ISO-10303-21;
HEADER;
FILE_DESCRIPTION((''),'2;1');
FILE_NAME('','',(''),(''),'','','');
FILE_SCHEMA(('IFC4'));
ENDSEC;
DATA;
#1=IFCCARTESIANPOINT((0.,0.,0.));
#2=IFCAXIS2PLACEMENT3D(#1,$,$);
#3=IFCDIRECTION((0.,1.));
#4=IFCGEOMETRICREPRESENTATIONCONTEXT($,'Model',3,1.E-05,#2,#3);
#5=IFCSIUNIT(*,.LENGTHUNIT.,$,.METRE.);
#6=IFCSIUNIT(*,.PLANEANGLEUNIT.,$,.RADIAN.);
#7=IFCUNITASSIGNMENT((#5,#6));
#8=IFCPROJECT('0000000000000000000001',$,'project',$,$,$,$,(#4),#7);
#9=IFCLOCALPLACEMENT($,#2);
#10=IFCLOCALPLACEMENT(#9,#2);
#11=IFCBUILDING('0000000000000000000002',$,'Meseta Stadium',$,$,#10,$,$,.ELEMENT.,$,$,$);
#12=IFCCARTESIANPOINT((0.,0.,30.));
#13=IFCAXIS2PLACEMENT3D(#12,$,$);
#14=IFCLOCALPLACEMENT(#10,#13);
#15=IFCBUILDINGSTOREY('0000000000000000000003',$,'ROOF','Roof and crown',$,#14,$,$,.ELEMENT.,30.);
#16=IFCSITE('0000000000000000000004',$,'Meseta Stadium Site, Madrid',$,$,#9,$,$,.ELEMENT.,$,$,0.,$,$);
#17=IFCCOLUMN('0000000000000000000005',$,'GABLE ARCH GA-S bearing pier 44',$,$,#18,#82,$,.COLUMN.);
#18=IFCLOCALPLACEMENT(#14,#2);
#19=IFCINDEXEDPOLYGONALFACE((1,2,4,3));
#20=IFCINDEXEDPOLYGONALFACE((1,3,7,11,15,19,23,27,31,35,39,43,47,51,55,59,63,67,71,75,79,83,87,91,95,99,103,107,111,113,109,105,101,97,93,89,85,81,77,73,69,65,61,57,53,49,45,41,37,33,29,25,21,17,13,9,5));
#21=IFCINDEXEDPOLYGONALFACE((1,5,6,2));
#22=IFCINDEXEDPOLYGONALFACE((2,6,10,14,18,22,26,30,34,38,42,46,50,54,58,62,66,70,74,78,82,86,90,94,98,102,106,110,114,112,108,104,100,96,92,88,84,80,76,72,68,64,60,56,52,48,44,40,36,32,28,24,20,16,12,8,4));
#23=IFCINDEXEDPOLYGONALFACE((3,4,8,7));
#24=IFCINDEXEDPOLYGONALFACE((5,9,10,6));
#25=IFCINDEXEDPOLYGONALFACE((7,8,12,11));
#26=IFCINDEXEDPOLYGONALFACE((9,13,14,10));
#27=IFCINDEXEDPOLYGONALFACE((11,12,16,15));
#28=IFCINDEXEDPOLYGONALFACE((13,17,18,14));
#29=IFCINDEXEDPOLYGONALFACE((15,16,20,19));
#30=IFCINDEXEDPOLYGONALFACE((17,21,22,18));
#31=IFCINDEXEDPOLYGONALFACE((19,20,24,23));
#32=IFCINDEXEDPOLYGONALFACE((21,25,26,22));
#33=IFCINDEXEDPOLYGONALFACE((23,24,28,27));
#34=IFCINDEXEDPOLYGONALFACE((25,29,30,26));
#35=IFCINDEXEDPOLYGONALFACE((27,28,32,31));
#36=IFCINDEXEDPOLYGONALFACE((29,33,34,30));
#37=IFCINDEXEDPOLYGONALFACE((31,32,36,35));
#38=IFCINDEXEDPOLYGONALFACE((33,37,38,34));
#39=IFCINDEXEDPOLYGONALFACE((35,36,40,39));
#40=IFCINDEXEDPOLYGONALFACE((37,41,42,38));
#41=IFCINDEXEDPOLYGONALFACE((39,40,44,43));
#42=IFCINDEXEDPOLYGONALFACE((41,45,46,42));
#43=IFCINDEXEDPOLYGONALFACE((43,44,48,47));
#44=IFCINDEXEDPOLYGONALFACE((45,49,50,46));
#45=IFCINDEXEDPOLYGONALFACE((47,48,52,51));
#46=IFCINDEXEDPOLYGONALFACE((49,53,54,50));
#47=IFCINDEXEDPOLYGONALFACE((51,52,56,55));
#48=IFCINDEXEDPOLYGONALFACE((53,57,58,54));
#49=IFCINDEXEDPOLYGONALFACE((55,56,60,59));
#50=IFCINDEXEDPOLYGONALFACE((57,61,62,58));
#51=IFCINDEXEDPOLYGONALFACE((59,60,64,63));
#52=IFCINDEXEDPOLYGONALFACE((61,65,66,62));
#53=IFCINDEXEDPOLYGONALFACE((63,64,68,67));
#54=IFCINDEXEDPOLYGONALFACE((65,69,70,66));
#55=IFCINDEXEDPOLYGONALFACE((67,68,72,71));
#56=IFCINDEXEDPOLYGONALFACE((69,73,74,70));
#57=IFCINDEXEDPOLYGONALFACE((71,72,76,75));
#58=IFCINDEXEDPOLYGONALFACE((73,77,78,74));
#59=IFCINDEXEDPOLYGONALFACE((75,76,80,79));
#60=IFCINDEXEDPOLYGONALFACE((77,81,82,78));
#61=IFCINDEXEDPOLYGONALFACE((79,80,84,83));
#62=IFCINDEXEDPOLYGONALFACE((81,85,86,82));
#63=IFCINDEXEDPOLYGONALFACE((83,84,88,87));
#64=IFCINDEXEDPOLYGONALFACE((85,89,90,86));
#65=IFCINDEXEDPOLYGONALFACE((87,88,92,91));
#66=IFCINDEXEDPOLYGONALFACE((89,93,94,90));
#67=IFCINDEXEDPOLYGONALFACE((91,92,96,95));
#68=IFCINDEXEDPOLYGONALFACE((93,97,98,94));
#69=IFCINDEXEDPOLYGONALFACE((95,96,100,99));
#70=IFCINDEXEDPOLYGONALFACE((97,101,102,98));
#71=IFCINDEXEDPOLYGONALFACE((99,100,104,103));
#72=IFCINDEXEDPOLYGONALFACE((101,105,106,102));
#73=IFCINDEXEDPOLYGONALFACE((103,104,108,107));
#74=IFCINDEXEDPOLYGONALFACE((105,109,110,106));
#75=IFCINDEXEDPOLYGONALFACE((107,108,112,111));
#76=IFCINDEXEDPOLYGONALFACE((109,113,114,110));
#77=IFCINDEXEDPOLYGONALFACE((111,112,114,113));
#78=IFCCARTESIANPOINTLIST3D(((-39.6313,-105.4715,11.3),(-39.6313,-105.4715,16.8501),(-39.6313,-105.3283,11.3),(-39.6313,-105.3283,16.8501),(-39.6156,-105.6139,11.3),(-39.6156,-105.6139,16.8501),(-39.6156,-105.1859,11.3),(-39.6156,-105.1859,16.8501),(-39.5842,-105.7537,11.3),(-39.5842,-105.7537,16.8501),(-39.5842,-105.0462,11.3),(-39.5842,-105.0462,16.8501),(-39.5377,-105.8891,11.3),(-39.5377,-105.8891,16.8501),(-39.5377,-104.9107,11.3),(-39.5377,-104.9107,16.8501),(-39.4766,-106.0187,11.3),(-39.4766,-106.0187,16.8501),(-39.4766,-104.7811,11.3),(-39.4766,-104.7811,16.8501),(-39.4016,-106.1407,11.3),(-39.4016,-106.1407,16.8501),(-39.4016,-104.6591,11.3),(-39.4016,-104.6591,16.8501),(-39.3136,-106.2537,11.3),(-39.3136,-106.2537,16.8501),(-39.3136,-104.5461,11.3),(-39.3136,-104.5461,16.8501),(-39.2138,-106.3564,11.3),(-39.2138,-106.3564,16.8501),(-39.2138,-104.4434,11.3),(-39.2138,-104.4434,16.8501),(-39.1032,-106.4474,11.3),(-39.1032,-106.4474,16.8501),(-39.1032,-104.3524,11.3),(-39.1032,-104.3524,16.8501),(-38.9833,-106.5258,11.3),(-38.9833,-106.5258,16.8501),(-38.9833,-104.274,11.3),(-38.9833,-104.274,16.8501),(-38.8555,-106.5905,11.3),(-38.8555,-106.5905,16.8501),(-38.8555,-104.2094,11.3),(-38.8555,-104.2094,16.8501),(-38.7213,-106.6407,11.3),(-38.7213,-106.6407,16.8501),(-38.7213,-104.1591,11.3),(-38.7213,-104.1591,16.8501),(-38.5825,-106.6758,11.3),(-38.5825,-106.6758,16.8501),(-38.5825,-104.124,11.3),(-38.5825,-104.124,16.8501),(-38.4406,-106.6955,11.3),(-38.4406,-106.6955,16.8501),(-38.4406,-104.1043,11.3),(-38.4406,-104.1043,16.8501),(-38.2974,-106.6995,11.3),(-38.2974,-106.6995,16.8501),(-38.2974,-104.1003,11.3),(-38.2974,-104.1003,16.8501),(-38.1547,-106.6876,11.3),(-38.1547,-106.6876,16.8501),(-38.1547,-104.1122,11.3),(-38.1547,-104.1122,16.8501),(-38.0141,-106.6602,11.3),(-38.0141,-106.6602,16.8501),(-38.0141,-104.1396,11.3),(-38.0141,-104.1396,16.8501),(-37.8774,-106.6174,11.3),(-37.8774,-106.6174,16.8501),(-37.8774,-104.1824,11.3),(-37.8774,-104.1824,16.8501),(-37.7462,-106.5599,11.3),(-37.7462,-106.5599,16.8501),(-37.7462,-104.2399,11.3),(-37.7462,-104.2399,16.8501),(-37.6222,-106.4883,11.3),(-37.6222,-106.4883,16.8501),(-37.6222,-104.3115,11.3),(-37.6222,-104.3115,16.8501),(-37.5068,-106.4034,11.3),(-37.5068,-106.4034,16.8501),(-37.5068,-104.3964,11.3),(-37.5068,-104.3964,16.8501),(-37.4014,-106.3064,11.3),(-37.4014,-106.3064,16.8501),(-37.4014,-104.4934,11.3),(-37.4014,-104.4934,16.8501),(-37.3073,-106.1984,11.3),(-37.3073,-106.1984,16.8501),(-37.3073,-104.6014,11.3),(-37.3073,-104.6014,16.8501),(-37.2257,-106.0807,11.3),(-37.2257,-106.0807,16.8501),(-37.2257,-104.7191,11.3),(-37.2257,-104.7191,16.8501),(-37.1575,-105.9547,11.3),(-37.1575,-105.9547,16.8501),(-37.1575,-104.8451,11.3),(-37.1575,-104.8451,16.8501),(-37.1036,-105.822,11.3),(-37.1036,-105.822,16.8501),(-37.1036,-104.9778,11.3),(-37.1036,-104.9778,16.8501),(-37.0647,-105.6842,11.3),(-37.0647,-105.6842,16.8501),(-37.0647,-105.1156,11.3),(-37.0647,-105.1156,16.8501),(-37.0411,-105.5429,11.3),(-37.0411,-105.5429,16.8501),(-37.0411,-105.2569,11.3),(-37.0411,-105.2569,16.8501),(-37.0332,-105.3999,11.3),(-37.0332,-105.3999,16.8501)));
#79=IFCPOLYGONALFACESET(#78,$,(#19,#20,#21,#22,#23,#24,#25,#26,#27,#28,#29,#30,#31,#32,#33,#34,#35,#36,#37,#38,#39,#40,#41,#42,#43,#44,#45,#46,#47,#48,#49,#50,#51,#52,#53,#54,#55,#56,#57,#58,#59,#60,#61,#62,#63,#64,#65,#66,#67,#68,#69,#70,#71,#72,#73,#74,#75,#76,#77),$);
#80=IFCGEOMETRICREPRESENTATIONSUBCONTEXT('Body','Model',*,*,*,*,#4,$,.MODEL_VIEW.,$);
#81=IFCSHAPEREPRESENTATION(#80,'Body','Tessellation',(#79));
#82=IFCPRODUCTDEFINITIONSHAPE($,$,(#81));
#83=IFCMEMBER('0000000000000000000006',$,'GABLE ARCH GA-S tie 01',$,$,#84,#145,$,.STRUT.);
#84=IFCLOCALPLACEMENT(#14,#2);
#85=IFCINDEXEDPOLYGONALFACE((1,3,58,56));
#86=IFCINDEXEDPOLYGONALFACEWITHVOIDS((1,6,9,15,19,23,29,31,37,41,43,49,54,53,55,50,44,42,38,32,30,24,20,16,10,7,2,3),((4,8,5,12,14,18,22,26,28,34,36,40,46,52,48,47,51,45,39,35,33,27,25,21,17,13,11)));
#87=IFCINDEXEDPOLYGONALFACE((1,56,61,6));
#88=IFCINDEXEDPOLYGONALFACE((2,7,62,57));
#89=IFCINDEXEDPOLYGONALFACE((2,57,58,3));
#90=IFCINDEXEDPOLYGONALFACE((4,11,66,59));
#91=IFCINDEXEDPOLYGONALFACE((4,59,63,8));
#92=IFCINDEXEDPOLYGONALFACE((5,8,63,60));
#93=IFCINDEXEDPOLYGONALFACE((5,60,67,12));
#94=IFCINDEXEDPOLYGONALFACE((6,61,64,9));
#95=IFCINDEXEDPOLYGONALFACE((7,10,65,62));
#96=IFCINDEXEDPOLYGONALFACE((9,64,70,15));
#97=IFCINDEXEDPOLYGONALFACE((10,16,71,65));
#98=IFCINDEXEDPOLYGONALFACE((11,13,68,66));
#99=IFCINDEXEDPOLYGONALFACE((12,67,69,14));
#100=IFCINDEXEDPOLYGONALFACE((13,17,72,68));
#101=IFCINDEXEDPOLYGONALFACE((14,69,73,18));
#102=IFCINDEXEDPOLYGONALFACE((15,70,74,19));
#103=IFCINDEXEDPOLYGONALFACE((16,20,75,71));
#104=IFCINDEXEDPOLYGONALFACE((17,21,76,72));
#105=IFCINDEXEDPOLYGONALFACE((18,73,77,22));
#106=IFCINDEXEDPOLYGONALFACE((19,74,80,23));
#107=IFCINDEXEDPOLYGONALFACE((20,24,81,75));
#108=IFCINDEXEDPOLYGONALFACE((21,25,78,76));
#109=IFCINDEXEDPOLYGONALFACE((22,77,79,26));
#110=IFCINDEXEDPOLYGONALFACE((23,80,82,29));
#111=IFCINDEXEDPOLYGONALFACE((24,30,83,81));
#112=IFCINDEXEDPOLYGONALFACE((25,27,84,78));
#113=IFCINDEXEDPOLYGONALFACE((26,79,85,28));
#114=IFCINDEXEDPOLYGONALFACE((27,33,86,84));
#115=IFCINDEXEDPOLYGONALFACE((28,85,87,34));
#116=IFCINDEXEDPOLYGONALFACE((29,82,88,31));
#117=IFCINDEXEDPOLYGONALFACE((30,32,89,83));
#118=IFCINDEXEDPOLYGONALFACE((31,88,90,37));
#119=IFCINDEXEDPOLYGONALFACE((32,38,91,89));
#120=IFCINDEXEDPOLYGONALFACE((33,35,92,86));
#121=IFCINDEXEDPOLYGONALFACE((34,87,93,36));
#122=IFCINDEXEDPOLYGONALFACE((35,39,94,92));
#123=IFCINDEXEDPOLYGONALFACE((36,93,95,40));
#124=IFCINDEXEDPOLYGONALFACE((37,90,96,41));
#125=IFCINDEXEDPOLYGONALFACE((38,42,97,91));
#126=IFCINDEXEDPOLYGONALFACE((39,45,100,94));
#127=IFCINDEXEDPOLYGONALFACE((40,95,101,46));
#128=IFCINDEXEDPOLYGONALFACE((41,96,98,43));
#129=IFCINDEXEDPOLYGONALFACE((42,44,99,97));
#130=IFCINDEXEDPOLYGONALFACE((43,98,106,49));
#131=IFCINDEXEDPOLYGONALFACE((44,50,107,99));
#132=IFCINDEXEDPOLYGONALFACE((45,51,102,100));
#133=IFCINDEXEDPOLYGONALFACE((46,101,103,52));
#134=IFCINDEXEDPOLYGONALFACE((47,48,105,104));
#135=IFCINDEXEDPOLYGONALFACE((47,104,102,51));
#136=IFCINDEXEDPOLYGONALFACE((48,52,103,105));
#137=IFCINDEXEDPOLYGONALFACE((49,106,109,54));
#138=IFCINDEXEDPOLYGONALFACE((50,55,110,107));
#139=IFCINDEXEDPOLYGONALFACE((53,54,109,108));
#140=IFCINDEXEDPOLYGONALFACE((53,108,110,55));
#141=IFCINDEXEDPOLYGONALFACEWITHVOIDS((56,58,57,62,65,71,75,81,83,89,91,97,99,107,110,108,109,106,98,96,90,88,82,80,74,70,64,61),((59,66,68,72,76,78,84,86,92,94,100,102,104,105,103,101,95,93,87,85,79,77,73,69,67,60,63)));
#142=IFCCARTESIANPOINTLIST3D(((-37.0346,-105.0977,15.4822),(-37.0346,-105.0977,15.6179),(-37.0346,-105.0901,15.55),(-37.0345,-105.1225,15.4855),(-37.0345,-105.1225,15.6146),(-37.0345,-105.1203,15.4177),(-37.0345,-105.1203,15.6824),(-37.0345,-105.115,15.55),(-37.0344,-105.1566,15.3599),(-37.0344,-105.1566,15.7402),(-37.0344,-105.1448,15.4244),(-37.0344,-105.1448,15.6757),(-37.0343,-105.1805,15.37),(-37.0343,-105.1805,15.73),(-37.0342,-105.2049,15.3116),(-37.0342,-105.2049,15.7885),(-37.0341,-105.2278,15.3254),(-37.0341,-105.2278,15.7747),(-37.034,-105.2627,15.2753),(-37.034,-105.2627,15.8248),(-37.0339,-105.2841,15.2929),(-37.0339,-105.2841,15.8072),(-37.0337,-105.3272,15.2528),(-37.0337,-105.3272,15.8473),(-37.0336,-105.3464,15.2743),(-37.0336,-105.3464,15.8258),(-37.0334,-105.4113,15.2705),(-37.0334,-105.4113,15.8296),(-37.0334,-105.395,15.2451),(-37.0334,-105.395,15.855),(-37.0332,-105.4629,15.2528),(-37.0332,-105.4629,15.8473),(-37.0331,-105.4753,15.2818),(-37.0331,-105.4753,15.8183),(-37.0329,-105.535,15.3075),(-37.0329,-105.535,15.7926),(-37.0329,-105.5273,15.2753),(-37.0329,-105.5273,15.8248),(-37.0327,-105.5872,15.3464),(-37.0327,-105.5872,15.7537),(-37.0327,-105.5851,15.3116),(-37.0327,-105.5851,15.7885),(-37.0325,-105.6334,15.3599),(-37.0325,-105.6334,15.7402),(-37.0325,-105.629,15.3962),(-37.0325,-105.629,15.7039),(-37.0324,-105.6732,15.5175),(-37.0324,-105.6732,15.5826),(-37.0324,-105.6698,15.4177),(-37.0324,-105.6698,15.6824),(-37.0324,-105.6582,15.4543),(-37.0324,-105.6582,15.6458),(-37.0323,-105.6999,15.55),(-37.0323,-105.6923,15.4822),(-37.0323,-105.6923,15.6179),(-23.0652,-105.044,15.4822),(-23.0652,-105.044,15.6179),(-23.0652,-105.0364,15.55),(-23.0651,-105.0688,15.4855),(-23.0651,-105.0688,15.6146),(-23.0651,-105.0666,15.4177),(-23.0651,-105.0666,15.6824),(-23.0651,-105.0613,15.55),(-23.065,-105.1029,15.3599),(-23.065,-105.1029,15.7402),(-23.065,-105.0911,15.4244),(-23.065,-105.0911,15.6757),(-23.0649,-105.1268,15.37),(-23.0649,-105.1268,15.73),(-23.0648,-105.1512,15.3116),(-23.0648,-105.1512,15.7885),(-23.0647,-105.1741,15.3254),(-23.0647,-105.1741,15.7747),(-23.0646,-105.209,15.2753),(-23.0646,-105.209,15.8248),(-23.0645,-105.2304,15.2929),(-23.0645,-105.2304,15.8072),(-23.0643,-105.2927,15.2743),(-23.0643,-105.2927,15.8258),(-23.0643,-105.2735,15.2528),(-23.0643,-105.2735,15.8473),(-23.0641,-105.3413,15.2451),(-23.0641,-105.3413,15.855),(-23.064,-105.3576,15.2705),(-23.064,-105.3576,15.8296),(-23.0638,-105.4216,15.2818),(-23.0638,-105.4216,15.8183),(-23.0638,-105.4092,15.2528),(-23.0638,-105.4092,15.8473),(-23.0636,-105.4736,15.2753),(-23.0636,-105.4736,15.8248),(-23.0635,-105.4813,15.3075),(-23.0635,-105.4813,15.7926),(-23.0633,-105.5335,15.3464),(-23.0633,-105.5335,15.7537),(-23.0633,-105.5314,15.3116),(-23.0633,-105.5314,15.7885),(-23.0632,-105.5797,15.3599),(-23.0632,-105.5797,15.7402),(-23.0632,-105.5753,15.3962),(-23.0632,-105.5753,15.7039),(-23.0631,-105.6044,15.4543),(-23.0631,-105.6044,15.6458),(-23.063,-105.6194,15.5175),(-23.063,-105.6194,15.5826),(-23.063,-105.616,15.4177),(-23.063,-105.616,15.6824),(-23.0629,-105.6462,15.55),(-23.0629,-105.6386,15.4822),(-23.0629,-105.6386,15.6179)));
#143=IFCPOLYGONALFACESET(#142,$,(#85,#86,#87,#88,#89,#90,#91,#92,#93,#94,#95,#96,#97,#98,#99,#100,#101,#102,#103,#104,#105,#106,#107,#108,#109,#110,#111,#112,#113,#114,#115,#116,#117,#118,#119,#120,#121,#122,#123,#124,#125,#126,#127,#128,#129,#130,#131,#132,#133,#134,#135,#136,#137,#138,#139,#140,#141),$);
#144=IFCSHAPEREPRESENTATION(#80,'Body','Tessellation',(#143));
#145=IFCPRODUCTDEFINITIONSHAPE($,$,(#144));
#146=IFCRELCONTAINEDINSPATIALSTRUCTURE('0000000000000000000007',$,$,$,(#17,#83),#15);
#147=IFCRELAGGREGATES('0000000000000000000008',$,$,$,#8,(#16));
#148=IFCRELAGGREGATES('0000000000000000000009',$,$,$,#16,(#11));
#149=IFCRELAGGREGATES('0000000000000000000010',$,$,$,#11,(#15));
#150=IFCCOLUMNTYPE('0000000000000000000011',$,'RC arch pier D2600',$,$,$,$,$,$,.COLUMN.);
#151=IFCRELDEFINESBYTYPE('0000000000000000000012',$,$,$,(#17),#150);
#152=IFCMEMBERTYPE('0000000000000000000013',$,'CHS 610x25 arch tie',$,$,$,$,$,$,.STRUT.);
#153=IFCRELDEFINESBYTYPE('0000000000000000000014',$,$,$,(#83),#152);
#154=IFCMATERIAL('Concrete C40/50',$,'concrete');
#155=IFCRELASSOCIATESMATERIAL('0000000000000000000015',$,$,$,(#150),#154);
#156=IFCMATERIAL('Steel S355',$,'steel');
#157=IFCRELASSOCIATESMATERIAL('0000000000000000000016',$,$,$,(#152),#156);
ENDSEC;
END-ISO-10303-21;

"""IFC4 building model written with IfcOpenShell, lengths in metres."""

from ifc_helpers import new_model, si_unit, direction, frame, origin, origin_2d, place, context, subcontext, project, spatial, circle, hollow_circle, extrude, material, material_profile, profile_set, type_object, element, save


model = new_model("IFC4")

# Units and contexts
model_context = context("Model", 3, precision=1e-05, world=origin(), true_north=direction((0.0, 1.0)))
body_context = subcontext(model_context, "Body", "Model", "MODEL_VIEW")
ifc_project = project(units=[si_unit("LENGTHUNIT", "METRE"), si_unit("PLANEANGLEUNIT", "RADIAN")], contexts=[model_context])

# Site, building, storey
site_placement = place(None, origin())
site = spatial("IfcSite", under=ifc_project, at=site_placement, Name="Meseta Stadium Site, Madrid", CompositionType="ELEMENT", RefElevation=0.0)
building_placement = place(site_placement, origin())
building = spatial("IfcBuilding", under=site, at=building_placement, Name="Meseta Stadium", CompositionType="ELEMENT")
storey_placement = place(building_placement, frame((0.0, 0.0, 30.0)))
storey = spatial("IfcBuildingStorey", under=building, at=storey_placement, Name="ROOF", Description="Roof and crown", CompositionType="ELEMENT", Elevation=30.0)

# Column
ifc_material_1 = material(Name="Concrete C40/50", Category="concrete")
ifc_material_profile_1 = material_profile(ifc_material_1, circle(Radius=1.3, at=origin_2d()), Name="RC D2600")
ifc_profile_set_1 = profile_set([ifc_material_profile_1], Name="Concrete C40/50")
column_type = type_object("IfcColumnType", Name="RC arch pier D2600", PredefinedType="COLUMN", material=ifc_profile_set_1)
column_placement = place(storey_placement, frame((-38.3333, -105.3999, 11.3), z_axis=(0.0, 0.0, 1.0), x_axis=(1.0, 0.0, 0.0)))
element("IfcColumn", 1, at=column_placement, inside=storey, type_object=column_type, Name="GABLE ARCH GA-S bearing pier 44", PredefinedType="COLUMN", context=body_context, shape_type="SweptSolid", body=[
    extrude(circle(Radius=1.3, at=origin_2d()), origin(), (0.0, 0.0, 1.0), 5.55),
])

# Member
ifc_material_2 = material(Name="Steel S355", Category="steel")
ifc_material_profile_2 = material_profile(ifc_material_2, hollow_circle(Radius=0.3049, WallThickness=0.0249, at=origin_2d()), Name="CHS 610x25")
ifc_profile_set_2 = profile_set([ifc_material_profile_2], Name="Steel S355")
member_type_1 = type_object("IfcMemberType", Name="CHS 610x25 arch tie", PredefinedType="STRUT", material=ifc_profile_set_2)
member_1_placement = place(storey_placement, frame((-37.0334, -105.395, 15.55), z_axis=(0.999993, 0.003845, 0.0), x_axis=(-0.003845, 0.999993, 0.0)))
element("IfcMember", 2, at=member_1_placement, inside=storey, type_object=member_type_1, Name="GABLE ARCH GA-S tie 01", PredefinedType="STRUT", context=body_context, shape_type="SweptSolid", body=[
    extrude(hollow_circle(Radius=0.3049, WallThickness=0.0249, at=origin_2d()), origin(), (0.0, 0.0, 1.0), 13.9695),
])

save(model, "model.ifc")
